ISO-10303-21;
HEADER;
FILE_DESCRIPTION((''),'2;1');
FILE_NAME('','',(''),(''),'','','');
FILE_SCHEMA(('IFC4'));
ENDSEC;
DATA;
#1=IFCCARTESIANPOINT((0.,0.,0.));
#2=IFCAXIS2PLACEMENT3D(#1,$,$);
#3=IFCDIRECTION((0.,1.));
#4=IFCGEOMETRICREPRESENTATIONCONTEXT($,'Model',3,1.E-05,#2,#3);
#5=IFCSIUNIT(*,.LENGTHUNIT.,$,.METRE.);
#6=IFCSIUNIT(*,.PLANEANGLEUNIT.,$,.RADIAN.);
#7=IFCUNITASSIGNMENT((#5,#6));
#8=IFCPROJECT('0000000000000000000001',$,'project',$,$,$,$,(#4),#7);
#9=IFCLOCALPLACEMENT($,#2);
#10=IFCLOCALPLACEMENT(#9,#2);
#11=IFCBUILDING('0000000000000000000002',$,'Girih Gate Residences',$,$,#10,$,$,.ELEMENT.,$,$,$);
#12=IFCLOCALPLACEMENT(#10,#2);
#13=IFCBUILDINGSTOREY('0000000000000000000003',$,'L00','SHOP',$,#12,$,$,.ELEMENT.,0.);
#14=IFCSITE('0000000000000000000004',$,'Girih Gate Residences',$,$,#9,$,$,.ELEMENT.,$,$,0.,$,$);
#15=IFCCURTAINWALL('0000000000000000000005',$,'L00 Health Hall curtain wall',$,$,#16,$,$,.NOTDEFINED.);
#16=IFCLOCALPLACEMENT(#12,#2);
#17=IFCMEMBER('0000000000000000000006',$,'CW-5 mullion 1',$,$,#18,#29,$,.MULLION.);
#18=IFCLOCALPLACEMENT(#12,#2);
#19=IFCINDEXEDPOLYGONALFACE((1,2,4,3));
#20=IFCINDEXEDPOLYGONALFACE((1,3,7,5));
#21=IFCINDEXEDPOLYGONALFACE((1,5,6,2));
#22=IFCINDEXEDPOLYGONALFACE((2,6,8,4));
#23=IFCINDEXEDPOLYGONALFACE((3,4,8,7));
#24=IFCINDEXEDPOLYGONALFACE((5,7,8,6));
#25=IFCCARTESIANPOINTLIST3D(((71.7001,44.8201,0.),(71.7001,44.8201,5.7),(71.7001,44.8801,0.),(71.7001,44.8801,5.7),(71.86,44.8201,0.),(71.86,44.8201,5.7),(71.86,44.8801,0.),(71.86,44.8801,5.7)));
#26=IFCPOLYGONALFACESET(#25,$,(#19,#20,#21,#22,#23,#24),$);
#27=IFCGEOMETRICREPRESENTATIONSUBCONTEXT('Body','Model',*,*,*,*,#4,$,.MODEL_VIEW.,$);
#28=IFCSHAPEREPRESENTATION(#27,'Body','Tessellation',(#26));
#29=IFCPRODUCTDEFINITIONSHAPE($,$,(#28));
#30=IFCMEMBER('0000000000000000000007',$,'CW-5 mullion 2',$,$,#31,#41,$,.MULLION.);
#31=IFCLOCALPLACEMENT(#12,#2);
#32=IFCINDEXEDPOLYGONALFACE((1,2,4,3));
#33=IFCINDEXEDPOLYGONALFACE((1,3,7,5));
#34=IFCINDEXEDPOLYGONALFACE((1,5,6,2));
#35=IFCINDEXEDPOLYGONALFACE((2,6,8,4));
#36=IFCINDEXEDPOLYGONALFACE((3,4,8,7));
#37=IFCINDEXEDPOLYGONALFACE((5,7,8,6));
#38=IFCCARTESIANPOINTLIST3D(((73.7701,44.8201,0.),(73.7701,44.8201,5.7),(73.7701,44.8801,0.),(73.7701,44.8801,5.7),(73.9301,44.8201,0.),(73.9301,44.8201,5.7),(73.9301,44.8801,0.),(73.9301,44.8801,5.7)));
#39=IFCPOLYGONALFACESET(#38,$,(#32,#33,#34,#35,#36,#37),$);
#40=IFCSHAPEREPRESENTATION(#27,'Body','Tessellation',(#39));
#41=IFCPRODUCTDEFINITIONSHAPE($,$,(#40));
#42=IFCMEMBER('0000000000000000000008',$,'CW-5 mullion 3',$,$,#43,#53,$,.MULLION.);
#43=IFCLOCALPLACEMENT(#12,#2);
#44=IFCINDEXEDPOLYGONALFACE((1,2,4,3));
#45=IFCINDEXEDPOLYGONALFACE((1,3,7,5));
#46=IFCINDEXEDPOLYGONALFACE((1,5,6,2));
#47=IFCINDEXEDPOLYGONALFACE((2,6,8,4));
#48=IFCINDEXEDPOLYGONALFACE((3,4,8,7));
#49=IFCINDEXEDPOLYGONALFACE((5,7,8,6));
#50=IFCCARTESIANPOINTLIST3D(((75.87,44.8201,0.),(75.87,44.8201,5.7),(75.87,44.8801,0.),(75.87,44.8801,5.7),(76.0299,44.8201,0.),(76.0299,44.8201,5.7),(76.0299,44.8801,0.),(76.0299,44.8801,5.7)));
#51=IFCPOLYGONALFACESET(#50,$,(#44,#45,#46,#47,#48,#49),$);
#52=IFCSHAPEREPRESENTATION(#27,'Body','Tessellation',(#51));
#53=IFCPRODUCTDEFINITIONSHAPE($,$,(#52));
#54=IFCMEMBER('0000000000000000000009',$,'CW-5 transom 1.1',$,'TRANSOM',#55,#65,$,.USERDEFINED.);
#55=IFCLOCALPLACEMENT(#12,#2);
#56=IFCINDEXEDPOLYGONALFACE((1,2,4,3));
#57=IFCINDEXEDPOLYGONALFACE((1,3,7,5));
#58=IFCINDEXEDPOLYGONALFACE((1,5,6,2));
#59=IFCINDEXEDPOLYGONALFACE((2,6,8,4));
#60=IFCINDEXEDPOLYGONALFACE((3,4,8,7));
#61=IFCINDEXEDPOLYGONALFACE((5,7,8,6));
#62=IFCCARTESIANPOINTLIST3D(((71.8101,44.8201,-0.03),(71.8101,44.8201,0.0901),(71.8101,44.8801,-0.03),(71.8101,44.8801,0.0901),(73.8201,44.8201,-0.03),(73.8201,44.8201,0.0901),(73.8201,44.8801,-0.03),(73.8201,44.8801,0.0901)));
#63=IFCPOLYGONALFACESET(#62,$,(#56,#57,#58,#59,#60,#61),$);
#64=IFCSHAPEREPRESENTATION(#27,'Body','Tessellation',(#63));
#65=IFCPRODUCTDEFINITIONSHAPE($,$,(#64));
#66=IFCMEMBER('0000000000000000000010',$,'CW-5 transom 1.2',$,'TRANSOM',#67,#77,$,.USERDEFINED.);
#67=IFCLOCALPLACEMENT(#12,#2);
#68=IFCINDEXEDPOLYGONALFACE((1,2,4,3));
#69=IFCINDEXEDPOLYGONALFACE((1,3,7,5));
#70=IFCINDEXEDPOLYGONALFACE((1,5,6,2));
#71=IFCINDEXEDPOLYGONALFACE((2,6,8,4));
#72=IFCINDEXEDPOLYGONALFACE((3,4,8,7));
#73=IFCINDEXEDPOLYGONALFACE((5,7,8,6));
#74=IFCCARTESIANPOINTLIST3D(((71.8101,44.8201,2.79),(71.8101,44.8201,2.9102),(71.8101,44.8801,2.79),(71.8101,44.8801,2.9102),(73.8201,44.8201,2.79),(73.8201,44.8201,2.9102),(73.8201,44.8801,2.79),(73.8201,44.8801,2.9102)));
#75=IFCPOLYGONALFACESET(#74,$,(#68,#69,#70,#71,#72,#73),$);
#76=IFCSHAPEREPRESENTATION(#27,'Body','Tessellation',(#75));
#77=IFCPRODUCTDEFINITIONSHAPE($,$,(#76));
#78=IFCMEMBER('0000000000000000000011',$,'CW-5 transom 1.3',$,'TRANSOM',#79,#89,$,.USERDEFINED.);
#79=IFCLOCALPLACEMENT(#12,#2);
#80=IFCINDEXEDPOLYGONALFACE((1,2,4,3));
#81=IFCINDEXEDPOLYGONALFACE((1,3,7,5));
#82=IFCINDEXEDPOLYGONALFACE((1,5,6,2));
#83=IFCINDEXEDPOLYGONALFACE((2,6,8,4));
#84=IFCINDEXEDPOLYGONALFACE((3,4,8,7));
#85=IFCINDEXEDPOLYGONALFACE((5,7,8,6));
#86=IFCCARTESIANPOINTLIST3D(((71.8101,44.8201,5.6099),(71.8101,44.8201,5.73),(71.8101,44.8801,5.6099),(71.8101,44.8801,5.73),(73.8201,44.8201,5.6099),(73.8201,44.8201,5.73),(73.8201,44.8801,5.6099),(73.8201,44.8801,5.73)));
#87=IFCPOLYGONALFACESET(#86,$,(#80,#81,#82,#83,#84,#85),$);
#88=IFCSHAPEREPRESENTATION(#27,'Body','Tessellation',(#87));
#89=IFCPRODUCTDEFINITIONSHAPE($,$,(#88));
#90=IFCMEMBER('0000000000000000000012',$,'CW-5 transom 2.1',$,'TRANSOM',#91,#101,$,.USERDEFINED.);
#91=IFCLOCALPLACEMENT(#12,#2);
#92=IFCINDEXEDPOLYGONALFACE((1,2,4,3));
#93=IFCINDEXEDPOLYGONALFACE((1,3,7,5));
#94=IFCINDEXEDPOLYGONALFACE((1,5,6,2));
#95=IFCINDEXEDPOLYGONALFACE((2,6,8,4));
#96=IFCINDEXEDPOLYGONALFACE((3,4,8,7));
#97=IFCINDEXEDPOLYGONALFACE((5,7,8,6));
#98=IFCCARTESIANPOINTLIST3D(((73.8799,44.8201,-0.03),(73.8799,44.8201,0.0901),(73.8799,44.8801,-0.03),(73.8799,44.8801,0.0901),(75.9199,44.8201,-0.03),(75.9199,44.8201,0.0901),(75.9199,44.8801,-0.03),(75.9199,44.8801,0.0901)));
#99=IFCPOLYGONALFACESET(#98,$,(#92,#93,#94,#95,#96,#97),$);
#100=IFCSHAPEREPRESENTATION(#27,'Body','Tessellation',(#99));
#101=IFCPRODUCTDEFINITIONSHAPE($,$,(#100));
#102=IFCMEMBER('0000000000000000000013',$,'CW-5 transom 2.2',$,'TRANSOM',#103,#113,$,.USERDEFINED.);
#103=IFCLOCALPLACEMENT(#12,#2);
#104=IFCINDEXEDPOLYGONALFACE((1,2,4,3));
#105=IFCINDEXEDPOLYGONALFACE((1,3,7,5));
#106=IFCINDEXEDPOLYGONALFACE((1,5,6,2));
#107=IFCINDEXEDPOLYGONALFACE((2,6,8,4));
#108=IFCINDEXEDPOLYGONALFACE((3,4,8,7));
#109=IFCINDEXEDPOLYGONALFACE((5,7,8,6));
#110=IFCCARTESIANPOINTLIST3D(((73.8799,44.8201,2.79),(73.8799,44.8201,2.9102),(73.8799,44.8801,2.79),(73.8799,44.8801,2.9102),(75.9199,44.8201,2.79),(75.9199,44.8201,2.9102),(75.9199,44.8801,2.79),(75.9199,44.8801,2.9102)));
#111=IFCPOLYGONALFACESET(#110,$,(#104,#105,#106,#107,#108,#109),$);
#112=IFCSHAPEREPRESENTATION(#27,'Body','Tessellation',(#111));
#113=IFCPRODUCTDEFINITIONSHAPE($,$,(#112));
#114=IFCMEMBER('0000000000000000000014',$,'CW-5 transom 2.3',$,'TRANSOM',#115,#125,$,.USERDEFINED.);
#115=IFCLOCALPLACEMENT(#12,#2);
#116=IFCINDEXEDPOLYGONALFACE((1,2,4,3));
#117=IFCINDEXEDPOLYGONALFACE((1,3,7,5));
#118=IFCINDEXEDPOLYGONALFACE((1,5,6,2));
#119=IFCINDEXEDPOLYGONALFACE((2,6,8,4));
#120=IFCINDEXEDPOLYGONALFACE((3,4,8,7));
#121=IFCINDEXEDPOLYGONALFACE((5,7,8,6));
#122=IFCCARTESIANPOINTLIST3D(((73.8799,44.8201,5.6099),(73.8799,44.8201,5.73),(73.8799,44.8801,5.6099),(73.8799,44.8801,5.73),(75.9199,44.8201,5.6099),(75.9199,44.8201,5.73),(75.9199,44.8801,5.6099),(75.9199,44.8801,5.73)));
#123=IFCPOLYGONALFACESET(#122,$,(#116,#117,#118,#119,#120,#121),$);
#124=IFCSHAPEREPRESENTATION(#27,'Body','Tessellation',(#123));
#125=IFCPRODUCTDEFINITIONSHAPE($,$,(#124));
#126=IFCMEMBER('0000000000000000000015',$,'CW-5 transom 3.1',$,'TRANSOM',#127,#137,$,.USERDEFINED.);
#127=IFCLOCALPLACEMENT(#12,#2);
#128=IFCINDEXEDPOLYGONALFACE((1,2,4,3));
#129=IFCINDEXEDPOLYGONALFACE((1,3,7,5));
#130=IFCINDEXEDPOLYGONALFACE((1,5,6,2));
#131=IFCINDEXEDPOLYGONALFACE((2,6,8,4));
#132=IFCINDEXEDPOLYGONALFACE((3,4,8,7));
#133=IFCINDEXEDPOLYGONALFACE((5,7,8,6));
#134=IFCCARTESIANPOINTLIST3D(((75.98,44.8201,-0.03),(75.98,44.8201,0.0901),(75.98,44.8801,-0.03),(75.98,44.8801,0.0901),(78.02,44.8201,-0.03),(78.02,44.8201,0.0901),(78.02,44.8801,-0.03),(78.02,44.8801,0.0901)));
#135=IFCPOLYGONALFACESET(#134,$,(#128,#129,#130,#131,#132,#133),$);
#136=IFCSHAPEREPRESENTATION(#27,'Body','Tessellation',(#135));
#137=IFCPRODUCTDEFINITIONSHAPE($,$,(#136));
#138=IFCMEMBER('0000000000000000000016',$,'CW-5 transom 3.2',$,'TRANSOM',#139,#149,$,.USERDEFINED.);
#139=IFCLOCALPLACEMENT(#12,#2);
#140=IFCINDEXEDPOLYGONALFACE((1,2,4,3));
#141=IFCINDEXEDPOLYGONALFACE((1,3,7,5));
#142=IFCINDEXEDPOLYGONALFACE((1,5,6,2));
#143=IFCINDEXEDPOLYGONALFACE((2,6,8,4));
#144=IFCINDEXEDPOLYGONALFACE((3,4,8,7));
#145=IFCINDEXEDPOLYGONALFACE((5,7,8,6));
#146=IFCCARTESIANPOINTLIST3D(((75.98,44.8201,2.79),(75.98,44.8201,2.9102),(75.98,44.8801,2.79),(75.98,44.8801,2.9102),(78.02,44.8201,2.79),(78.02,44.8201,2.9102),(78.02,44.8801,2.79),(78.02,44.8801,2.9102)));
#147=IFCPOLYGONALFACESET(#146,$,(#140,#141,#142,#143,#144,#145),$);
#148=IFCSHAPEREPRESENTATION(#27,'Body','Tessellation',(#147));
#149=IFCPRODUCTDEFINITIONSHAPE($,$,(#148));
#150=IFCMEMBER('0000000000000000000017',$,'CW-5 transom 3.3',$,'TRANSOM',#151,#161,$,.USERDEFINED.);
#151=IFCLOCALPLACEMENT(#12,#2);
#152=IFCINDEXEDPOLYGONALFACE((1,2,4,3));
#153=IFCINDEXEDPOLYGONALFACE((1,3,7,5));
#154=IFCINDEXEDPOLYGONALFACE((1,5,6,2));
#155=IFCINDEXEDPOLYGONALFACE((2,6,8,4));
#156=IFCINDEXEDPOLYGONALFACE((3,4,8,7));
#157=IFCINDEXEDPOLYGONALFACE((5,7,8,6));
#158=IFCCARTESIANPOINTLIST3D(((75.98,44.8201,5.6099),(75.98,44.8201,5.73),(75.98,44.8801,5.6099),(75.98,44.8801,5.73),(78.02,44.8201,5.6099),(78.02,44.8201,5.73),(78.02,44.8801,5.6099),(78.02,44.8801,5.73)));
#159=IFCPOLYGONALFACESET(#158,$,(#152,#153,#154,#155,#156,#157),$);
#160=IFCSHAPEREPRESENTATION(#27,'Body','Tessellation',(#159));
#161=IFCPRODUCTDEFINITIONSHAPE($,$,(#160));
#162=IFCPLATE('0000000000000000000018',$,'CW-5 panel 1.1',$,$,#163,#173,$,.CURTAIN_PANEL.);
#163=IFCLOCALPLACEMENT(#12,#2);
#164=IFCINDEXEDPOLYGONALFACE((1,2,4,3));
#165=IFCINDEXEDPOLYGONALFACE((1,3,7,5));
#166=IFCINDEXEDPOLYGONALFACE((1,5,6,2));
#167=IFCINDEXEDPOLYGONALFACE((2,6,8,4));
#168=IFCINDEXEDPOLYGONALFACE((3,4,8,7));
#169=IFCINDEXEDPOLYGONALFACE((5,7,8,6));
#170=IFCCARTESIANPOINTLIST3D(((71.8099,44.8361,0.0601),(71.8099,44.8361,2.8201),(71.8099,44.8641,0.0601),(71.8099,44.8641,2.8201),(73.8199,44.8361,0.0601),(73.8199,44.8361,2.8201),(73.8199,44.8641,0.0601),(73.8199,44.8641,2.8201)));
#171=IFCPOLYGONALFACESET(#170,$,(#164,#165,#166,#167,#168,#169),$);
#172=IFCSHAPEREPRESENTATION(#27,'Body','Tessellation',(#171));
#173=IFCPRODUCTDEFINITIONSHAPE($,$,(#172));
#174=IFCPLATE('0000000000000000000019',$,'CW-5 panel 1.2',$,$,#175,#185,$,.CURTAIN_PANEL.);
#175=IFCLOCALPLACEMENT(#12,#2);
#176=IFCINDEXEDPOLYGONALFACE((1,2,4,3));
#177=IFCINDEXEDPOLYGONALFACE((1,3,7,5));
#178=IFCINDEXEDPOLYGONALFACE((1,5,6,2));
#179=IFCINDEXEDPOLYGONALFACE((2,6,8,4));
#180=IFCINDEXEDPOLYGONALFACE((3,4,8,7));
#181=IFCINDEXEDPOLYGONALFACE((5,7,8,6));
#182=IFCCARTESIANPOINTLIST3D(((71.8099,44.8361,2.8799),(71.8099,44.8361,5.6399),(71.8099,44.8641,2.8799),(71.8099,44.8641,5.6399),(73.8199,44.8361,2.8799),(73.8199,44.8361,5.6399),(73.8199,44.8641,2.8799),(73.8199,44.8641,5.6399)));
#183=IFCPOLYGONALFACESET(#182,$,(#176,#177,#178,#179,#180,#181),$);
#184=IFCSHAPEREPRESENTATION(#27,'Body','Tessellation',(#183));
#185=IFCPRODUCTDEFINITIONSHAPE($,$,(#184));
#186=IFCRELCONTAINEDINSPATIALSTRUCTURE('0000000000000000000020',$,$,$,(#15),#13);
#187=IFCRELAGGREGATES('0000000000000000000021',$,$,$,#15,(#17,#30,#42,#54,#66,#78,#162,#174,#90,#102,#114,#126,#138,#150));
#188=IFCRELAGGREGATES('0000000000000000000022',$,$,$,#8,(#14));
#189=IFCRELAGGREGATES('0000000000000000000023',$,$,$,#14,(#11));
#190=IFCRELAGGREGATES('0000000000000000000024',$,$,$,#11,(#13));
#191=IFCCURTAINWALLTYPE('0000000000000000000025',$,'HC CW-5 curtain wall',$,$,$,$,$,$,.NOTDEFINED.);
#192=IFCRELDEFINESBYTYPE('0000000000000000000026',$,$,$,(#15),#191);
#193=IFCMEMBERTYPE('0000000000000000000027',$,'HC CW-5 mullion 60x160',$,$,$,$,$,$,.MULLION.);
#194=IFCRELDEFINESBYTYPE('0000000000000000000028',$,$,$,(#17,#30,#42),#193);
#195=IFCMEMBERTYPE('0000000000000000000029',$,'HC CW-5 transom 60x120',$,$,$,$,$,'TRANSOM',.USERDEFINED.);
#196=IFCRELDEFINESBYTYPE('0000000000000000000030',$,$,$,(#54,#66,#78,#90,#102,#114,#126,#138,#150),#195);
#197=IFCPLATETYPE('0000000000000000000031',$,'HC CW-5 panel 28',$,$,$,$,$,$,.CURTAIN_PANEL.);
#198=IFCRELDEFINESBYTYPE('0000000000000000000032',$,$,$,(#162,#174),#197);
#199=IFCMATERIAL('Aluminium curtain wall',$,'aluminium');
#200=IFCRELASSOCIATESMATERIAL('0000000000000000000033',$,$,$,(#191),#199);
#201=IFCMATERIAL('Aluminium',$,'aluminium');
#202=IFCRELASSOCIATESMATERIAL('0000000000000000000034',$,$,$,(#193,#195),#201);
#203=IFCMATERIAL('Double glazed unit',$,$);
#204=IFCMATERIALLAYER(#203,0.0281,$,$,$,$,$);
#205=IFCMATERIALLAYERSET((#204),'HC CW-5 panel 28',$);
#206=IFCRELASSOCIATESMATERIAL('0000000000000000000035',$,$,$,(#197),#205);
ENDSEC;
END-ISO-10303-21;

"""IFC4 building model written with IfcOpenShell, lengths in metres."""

from ifc_helpers import new_model, si_unit, direction, frame, origin, origin_2d, place, context, subcontext, project, spatial, rectangle, extrude, material, layer, layer_set, material_profile, profile_set, type_object, element, aggregate, save


model = new_model("IFC4")

# Units and contexts
model_context = context("Model", 3, precision=1e-05, world=origin(), true_north=direction((0.0, 1.0)))
body_context = subcontext(model_context, "Body", "Model", "MODEL_VIEW")
ifc_project = project(units=[si_unit("LENGTHUNIT", "METRE"), si_unit("PLANEANGLEUNIT", "RADIAN")], contexts=[model_context])

# Site, building, storey
site_placement = place(None, origin())
site = spatial("IfcSite", under=ifc_project, at=site_placement, Name="Girih Gate Residences", CompositionType="ELEMENT", RefElevation=0.0)
building_placement = place(site_placement, origin())
building = spatial("IfcBuilding", under=site, at=building_placement, Name="Girih Gate Residences", CompositionType="ELEMENT")
storey_placement = place(building_placement, origin())
storey = spatial("IfcBuildingStorey", under=building, at=storey_placement, Name="L00", Description="SHOP", CompositionType="ELEMENT", Elevation=0.0)

# Curtain wall, members, plates
ifc_material_1 = material(Name="Aluminium curtain wall", Category="aluminium")
curtain_wall_type = type_object("IfcCurtainWallType", Name="HC CW-5 curtain wall", PredefinedType="NOTDEFINED", material=ifc_material_1)
curtain_wall_placement = place(storey_placement, origin())
curtain_wall = element("IfcCurtainWall", 1, at=curtain_wall_placement, inside=storey, type_object=curtain_wall_type, Name="L00 Health Hall curtain wall", PredefinedType="NOTDEFINED")
ifc_material_2 = material(Name="Aluminium", Category="aluminium")
ifc_material_profile_1 = material_profile(ifc_material_2, rectangle(XDim=0.0601, YDim=0.1599, at=origin_2d()))
ifc_profile_set_1 = profile_set([ifc_material_profile_1], Name="Aluminium")
member_type_1 = type_object("IfcMemberType", Name="HC CW-5 mullion 60x160", PredefinedType="MULLION", material=ifc_profile_set_1)
member_1_placement = place(storey_placement, frame((71.78, 44.8501, 0.0), z_axis=(0.0, 0.0, 1.0), x_axis=(0.0, 1.0, 0.0)))
member_1 = element("IfcMember", 2, at=member_1_placement, type_object=member_type_1, Name="CW-5 mullion 1", PredefinedType="MULLION", context=body_context, shape_type="SweptSolid", body=[
    extrude(rectangle(XDim=0.0601, YDim=0.1599, at=origin_2d()), origin(), (0.0, 0.0, 1.0), 5.7),
])
member_2_placement = place(storey_placement, frame((73.8501, 44.8501, 0.0), z_axis=(0.0, 0.0, 1.0), x_axis=(0.0, 1.0, 0.0)))
member_2 = element("IfcMember", 3, at=member_2_placement, type_object=member_type_1, Name="CW-5 mullion 2", PredefinedType="MULLION", context=body_context, shape_type="SweptSolid", body=[
    extrude(rectangle(XDim=0.0601, YDim=0.1599, at=origin_2d()), origin(), (0.0, 0.0, 1.0), 5.7),
])
member_3_placement = place(storey_placement, frame((75.95, 44.8501, 0.0), z_axis=(0.0, 0.0, 1.0), x_axis=(0.0, 1.0, 0.0)))
member_3 = element("IfcMember", 4, at=member_3_placement, type_object=member_type_1, Name="CW-5 mullion 3", PredefinedType="MULLION", context=body_context, shape_type="SweptSolid", body=[
    extrude(rectangle(XDim=0.0601, YDim=0.1599, at=origin_2d()), origin(), (0.0, 0.0, 1.0), 5.7),
])
ifc_material_profile_2 = material_profile(ifc_material_2, rectangle(XDim=0.0601, YDim=0.1201, at=origin_2d()))
ifc_profile_set_2 = profile_set([ifc_material_profile_2], Name="Aluminium")
member_type_2 = type_object("IfcMemberType", Name="HC CW-5 transom 60x120", ElementType="TRANSOM", PredefinedType="USERDEFINED", material=ifc_profile_set_2)
member_4_placement = place(storey_placement, frame((71.8101, 44.8501, 0.03), z_axis=(1.0, 0.0, 0.0), x_axis=(0.0, 1.0, 0.0)))
member_4 = element("IfcMember", 5, at=member_4_placement, type_object=member_type_2, Name="CW-5 transom 1.1", ObjectType="TRANSOM", PredefinedType="USERDEFINED", context=body_context, shape_type="SweptSolid", body=[
    extrude(rectangle(XDim=0.0601, YDim=0.1201, at=origin_2d()), origin(), (0.0, 0.0, 1.0), 2.01),
])
member_5_placement = place(storey_placement, frame((71.8101, 44.8501, 2.8501), z_axis=(1.0, 0.0, 0.0), x_axis=(0.0, 1.0, 0.0)))
member_5 = element("IfcMember", 6, at=member_5_placement, type_object=member_type_2, Name="CW-5 transom 1.2", ObjectType="TRANSOM", PredefinedType="USERDEFINED", context=body_context, shape_type="SweptSolid", body=[
    extrude(rectangle(XDim=0.0601, YDim=0.1201, at=origin_2d()), origin(), (0.0, 0.0, 1.0), 2.01),
])
member_6_placement = place(storey_placement, frame((71.8101, 44.8501, 5.6699), z_axis=(1.0, 0.0, 0.0), x_axis=(0.0, 1.0, 0.0)))
member_6 = element("IfcMember", 7, at=member_6_placement, type_object=member_type_2, Name="CW-5 transom 1.3", ObjectType="TRANSOM", PredefinedType="USERDEFINED", context=body_context, shape_type="SweptSolid", body=[
    extrude(rectangle(XDim=0.0601, YDim=0.1201, at=origin_2d()), origin(), (0.0, 0.0, 1.0), 2.01),
])
member_7_placement = place(storey_placement, frame((73.8799, 44.8501, 0.03), z_axis=(1.0, 0.0, 0.0), x_axis=(0.0, 1.0, 0.0)))
member_7 = element("IfcMember", 8, at=member_7_placement, type_object=member_type_2, Name="CW-5 transom 2.1", ObjectType="TRANSOM", PredefinedType="USERDEFINED", context=body_context, shape_type="SweptSolid", body=[
    extrude(rectangle(XDim=0.0601, YDim=0.1201, at=origin_2d()), origin(), (0.0, 0.0, 1.0), 2.04),
])
member_8_placement = place(storey_placement, frame((73.8799, 44.8501, 2.8501), z_axis=(1.0, 0.0, 0.0), x_axis=(0.0, 1.0, 0.0)))
member_8 = element("IfcMember", 9, at=member_8_placement, type_object=member_type_2, Name="CW-5 transom 2.2", ObjectType="TRANSOM", PredefinedType="USERDEFINED", context=body_context, shape_type="SweptSolid", body=[
    extrude(rectangle(XDim=0.0601, YDim=0.1201, at=origin_2d()), origin(), (0.0, 0.0, 1.0), 2.04),
])
member_9_placement = place(storey_placement, frame((73.8799, 44.8501, 5.6699), z_axis=(1.0, 0.0, 0.0), x_axis=(0.0, 1.0, 0.0)))
member_9 = element("IfcMember", 10, at=member_9_placement, type_object=member_type_2, Name="CW-5 transom 2.3", ObjectType="TRANSOM", PredefinedType="USERDEFINED", context=body_context, shape_type="SweptSolid", body=[
    extrude(rectangle(XDim=0.0601, YDim=0.1201, at=origin_2d()), origin(), (0.0, 0.0, 1.0), 2.04),
])
member_10_placement = place(storey_placement, frame((75.98, 44.8501, 0.03), z_axis=(1.0, 0.0, 0.0), x_axis=(0.0, 1.0, 0.0)))
member_10 = element("IfcMember", 11, at=member_10_placement, type_object=member_type_2, Name="CW-5 transom 3.1", ObjectType="TRANSOM", PredefinedType="USERDEFINED", context=body_context, shape_type="SweptSolid", body=[
    extrude(rectangle(XDim=0.0601, YDim=0.1201, at=origin_2d()), origin(), (0.0, 0.0, 1.0), 2.04),
])
member_11_placement = place(storey_placement, frame((75.98, 44.8501, 2.8501), z_axis=(1.0, 0.0, 0.0), x_axis=(0.0, 1.0, 0.0)))
member_11 = element("IfcMember", 12, at=member_11_placement, type_object=member_type_2, Name="CW-5 transom 3.2", ObjectType="TRANSOM", PredefinedType="USERDEFINED", context=body_context, shape_type="SweptSolid", body=[
    extrude(rectangle(XDim=0.0601, YDim=0.1201, at=origin_2d()), origin(), (0.0, 0.0, 1.0), 2.04),
])
member_12_placement = place(storey_placement, frame((75.98, 44.8501, 5.6699), z_axis=(1.0, 0.0, 0.0), x_axis=(0.0, 1.0, 0.0)))
member_12 = element("IfcMember", 13, at=member_12_placement, type_object=member_type_2, Name="CW-5 transom 3.3", ObjectType="TRANSOM", PredefinedType="USERDEFINED", context=body_context, shape_type="SweptSolid", body=[
    extrude(rectangle(XDim=0.0601, YDim=0.1201, at=origin_2d()), origin(), (0.0, 0.0, 1.0), 2.04),
])
ifc_material_3 = material(Name="Double glazed unit")
ifc_layer_1 = layer(ifc_material_3, 0.0281)
ifc_layer_set_1 = layer_set([ifc_layer_1], Name="HC CW-5 panel 28")
plate_type = type_object("IfcPlateType", Name="HC CW-5 panel 28", PredefinedType="CURTAIN_PANEL", material=ifc_layer_set_1)
plate_1_placement = place(storey_placement, frame((72.8149, 44.8501, 0.0601), z_axis=(0.0, 0.0, 1.0), x_axis=(1.0, 0.0, 0.0)))
plate_1 = element("IfcPlate", 14, at=plate_1_placement, type_object=plate_type, Name="CW-5 panel 1.1", PredefinedType="CURTAIN_PANEL", context=body_context, shape_type="SweptSolid", body=[
    extrude(rectangle(XDim=2.01, YDim=0.0281, at=origin_2d()), origin(), (0.0, 0.0, 1.0), 2.76),
])
plate_2_placement = place(storey_placement, frame((72.8149, 44.8501, 2.8799), z_axis=(0.0, 0.0, 1.0), x_axis=(1.0, 0.0, 0.0)))
plate_2 = element("IfcPlate", 15, at=plate_2_placement, type_object=plate_type, Name="CW-5 panel 1.2", PredefinedType="CURTAIN_PANEL", context=body_context, shape_type="SweptSolid", body=[
    extrude(rectangle(XDim=2.01, YDim=0.0281, at=origin_2d()), origin(), (0.0, 0.0, 1.0), 2.76),
])
aggregate(curtain_wall, [member_1, member_2, member_3, member_4, member_5, member_6, plate_1, plate_2, member_7, member_8, member_9, member_10, member_11, member_12])

save(model, "model.ifc")
